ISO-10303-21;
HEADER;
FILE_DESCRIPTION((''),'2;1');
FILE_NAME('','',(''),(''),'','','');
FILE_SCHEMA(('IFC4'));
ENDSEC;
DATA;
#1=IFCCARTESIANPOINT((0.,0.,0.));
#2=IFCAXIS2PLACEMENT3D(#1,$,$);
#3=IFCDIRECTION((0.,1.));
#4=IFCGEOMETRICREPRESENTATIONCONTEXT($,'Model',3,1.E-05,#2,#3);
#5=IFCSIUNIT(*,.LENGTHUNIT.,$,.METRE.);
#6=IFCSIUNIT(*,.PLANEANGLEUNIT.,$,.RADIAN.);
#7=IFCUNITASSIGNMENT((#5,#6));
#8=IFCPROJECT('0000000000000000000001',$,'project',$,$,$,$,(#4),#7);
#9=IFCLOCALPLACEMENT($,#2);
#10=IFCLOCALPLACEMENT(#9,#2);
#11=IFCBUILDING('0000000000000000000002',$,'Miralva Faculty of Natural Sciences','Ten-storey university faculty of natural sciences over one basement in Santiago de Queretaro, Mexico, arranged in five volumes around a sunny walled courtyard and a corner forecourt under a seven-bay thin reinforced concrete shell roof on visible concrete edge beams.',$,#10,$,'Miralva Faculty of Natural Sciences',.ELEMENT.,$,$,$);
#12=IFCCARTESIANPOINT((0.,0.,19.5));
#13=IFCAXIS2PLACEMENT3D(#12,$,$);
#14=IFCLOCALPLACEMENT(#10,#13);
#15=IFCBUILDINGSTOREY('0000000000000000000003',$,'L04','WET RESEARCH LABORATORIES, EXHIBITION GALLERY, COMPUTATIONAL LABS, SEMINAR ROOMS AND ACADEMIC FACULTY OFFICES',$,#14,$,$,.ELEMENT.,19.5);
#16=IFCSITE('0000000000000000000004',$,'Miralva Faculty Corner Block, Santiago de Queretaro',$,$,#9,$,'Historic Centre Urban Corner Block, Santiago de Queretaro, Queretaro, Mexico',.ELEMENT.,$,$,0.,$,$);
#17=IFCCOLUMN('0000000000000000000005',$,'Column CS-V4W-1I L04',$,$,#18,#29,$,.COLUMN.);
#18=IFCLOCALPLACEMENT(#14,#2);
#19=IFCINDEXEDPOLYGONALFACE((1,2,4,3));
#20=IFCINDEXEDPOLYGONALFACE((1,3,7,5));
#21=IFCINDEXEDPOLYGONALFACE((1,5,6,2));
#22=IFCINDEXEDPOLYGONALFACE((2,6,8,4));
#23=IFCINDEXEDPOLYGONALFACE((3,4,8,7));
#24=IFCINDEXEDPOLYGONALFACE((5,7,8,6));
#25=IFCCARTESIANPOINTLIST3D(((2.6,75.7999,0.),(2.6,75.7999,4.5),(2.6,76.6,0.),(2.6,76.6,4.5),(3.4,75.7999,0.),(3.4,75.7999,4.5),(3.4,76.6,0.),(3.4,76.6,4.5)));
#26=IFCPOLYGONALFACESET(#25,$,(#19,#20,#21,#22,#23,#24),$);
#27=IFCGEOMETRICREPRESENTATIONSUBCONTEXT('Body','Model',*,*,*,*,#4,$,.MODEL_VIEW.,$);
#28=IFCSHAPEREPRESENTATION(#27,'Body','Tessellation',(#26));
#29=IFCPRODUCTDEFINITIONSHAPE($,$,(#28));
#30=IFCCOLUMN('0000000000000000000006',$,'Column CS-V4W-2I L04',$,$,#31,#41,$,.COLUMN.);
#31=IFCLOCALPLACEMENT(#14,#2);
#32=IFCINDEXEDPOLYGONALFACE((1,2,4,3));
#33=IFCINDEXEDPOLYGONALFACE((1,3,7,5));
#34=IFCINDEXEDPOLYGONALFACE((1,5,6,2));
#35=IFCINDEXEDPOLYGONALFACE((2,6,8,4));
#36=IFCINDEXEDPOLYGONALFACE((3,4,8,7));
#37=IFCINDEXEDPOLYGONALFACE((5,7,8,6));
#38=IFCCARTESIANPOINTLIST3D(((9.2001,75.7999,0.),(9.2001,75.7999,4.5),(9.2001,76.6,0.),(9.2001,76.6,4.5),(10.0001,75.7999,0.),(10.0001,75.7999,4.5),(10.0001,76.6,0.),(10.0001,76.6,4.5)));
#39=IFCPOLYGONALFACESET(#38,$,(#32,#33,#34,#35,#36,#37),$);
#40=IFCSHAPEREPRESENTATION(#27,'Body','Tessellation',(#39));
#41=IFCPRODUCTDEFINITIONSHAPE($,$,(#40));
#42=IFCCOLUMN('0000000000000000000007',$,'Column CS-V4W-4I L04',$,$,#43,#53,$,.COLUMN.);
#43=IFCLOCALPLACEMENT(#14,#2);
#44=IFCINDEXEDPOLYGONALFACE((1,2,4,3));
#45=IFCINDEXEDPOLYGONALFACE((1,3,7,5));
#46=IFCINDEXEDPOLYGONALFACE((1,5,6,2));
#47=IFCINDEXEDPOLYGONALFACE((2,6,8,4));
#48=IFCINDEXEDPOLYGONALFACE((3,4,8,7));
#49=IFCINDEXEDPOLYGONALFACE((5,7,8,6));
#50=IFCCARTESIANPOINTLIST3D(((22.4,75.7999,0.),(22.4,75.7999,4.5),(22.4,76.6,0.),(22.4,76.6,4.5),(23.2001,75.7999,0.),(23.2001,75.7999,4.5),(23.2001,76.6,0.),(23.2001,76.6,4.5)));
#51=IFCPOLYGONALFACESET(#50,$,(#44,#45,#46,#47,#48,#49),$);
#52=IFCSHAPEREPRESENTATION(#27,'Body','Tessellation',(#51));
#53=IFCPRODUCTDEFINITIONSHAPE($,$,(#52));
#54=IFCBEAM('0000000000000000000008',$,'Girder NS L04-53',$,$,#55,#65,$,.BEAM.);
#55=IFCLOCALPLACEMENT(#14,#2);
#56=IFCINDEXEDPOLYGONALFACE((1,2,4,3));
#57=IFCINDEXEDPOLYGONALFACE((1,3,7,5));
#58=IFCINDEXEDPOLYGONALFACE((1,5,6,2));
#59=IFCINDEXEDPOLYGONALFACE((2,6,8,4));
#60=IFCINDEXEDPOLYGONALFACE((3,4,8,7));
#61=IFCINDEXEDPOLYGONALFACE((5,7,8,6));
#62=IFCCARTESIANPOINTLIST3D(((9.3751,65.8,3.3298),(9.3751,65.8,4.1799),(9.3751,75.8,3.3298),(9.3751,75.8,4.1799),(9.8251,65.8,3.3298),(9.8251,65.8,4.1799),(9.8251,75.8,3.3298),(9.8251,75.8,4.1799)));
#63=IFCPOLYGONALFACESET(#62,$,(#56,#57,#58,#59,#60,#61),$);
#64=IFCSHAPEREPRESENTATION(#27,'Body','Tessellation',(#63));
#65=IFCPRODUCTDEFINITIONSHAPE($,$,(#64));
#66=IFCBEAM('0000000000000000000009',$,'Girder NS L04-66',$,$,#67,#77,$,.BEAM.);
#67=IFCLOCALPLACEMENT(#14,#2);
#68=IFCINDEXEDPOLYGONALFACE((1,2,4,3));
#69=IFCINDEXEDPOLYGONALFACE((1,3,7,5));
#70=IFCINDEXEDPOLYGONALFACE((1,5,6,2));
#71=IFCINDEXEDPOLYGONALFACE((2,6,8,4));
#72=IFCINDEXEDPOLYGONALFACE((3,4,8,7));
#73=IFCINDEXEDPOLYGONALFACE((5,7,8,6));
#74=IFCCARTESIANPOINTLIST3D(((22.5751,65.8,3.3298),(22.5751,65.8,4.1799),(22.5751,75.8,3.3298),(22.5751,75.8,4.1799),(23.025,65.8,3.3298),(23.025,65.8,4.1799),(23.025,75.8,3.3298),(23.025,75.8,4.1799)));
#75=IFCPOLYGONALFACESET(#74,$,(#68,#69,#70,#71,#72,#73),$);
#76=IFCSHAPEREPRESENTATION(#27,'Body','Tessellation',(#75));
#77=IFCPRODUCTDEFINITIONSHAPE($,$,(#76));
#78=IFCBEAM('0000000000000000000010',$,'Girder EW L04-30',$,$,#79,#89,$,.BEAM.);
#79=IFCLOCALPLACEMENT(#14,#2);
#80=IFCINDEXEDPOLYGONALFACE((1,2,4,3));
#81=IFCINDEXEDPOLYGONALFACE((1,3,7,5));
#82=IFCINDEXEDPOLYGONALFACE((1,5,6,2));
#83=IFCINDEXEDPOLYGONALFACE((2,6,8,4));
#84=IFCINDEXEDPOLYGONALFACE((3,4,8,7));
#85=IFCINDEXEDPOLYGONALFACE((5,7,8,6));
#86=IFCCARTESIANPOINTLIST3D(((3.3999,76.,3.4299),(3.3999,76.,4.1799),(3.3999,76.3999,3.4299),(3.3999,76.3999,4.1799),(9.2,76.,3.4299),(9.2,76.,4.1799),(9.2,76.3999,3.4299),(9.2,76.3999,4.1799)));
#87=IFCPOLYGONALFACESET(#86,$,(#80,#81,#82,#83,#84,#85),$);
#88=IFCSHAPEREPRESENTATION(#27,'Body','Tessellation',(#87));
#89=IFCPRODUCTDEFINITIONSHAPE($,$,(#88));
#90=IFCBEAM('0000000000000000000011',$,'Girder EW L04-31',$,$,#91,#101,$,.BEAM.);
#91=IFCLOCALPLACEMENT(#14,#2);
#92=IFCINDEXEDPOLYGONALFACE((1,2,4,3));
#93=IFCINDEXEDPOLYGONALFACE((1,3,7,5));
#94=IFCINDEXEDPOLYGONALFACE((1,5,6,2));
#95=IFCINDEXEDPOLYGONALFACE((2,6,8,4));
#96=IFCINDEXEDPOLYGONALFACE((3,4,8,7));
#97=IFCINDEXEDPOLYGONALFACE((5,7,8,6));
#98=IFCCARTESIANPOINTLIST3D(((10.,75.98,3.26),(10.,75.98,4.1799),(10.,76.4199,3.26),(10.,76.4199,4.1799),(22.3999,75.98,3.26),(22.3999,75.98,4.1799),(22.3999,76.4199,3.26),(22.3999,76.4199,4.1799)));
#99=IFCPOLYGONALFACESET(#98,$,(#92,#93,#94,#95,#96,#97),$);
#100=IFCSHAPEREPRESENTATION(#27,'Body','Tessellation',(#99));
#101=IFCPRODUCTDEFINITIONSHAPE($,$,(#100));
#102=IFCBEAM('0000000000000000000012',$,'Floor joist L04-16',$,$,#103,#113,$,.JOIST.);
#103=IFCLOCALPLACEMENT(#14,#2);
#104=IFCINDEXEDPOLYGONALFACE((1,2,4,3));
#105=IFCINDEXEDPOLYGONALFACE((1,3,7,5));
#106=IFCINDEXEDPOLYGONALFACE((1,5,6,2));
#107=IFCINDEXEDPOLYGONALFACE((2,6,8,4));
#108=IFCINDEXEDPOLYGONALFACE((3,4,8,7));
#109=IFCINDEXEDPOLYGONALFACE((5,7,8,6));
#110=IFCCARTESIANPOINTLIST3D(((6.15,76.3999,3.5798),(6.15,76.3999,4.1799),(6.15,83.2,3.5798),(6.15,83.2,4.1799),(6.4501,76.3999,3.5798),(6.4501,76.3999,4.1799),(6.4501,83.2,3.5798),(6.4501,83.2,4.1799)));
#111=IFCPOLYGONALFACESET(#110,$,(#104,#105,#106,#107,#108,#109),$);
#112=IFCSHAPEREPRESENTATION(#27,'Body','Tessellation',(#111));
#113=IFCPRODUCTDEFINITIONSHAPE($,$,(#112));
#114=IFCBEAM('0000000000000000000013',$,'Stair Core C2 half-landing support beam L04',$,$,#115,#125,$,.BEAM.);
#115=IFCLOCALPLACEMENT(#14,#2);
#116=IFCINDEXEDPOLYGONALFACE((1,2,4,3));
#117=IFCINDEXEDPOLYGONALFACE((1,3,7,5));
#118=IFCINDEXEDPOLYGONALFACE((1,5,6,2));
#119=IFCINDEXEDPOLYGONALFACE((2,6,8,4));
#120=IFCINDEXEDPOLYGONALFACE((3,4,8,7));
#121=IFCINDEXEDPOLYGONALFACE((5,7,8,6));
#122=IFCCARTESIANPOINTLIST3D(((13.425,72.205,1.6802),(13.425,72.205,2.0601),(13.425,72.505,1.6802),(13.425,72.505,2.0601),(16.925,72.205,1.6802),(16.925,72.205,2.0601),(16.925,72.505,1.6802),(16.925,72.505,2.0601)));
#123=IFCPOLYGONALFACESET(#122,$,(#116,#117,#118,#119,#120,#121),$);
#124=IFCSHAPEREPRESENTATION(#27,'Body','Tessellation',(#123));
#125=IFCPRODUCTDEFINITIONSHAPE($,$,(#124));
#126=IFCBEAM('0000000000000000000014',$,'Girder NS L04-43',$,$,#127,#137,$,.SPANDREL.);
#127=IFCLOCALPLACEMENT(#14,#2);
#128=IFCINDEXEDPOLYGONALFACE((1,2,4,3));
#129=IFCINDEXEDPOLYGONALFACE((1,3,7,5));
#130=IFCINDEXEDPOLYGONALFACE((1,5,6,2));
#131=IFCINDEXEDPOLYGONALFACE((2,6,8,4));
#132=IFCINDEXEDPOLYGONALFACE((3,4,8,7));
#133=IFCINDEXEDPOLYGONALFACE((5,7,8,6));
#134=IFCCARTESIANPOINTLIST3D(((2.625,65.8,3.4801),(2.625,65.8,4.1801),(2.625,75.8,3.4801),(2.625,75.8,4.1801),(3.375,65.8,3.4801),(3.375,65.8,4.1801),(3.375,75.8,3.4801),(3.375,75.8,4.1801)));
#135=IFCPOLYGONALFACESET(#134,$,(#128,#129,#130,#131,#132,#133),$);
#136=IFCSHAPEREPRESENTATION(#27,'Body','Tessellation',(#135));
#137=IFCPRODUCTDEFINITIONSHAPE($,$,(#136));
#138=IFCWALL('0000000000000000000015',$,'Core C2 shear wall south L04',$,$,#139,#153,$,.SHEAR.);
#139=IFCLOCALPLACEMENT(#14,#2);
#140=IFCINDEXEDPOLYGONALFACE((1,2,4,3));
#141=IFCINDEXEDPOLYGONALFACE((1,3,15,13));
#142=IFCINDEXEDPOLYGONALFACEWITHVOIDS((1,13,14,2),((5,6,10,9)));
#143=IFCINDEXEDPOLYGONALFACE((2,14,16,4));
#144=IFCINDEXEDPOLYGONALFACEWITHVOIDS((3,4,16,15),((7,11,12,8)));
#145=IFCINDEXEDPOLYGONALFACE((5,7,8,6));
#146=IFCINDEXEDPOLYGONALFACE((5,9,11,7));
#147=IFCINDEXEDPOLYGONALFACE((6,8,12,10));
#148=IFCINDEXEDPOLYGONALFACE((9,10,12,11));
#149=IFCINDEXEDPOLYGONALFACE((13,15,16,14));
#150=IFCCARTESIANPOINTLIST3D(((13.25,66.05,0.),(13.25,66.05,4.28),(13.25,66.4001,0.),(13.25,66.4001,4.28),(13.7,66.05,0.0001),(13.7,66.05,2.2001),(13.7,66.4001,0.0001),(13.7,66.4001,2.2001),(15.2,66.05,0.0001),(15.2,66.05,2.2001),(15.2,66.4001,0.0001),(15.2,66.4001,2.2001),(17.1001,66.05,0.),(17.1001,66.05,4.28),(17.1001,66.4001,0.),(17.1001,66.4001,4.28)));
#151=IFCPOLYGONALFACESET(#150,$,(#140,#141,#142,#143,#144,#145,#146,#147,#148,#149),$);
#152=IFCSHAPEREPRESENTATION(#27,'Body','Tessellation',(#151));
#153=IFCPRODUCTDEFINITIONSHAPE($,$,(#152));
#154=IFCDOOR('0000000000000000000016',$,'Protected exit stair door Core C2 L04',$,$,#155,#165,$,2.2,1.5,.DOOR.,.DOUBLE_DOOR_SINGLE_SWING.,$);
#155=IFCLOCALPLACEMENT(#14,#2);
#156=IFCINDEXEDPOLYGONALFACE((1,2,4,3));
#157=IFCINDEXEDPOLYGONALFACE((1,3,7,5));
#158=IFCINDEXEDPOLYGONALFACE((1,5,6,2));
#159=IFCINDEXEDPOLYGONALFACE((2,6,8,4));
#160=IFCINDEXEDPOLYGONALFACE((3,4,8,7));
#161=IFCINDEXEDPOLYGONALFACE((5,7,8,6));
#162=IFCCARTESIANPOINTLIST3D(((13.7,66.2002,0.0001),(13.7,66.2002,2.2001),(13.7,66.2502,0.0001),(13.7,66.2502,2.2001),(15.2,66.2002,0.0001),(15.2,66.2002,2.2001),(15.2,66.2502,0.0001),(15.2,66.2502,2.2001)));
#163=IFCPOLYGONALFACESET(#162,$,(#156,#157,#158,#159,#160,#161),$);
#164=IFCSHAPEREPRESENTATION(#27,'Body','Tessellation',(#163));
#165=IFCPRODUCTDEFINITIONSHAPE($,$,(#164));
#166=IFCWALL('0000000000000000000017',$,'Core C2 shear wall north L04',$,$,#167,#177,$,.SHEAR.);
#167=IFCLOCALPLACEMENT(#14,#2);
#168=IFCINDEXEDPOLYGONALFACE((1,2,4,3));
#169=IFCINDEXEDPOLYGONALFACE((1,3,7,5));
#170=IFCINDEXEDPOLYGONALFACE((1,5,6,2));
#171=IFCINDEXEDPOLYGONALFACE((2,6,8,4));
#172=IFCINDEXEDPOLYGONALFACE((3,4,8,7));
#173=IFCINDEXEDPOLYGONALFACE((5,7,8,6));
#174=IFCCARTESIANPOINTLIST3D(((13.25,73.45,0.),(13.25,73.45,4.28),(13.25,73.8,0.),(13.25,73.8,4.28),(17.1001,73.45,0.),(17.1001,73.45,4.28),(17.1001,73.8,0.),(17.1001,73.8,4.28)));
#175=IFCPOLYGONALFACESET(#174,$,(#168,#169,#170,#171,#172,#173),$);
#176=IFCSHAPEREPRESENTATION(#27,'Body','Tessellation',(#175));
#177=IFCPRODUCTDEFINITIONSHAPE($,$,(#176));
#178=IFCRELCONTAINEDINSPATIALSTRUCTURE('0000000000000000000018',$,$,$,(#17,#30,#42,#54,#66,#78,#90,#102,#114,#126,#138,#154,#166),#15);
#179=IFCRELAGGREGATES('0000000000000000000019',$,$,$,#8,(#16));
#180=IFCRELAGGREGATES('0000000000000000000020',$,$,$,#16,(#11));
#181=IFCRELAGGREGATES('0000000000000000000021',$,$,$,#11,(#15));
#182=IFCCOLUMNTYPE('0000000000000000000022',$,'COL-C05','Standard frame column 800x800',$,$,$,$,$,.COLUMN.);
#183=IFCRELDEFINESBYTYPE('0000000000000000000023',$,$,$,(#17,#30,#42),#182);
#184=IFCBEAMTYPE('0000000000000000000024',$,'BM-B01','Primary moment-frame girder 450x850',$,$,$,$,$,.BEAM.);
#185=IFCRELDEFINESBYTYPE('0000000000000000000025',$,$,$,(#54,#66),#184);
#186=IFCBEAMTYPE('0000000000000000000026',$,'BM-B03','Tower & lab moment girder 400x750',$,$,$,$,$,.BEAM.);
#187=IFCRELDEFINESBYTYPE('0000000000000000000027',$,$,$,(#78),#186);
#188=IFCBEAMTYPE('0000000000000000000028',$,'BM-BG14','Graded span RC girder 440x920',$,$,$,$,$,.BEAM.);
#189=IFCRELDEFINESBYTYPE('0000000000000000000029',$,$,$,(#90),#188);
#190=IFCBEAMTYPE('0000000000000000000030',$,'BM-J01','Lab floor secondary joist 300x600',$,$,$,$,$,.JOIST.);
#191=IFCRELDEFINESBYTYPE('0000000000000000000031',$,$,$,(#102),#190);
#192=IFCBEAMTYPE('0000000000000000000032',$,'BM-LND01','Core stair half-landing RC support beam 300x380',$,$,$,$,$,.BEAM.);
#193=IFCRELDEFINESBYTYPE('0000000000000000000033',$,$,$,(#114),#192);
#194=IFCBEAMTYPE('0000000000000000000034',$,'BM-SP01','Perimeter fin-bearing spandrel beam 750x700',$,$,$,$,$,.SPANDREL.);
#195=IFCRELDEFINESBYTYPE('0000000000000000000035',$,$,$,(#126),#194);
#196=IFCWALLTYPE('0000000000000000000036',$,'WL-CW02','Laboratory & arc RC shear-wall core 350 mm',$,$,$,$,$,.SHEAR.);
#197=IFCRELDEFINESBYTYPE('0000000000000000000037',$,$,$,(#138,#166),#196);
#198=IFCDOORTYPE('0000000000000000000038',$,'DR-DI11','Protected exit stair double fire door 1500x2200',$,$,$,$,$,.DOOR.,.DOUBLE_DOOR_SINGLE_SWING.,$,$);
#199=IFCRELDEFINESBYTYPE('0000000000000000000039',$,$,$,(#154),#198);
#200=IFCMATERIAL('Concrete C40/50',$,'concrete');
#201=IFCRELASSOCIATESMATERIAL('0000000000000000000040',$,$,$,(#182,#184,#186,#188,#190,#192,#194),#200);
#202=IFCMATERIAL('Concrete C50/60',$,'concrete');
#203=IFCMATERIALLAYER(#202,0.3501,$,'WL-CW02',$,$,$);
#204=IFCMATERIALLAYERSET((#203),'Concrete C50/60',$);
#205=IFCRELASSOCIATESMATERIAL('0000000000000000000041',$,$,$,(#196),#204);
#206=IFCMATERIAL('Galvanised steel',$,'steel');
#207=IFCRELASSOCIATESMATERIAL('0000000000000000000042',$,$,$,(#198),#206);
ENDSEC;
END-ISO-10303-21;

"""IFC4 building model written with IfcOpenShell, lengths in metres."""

from ifc_helpers import new_model, si_unit, direction, frame, frame_2d, origin, origin_2d, place, context, subcontext, project, spatial, rectangle, extrude, material, layer, layer_set, material_profile, profile_set, type_object, element, fill, save


model = new_model("IFC4")

# Units and contexts
model_context = context("Model", 3, precision=1e-05, world=origin(), true_north=direction((0.0, 1.0)))
body_context = subcontext(model_context, "Body", "Model", "MODEL_VIEW")
ifc_project = project(units=[si_unit("LENGTHUNIT", "METRE"), si_unit("PLANEANGLEUNIT", "RADIAN")], contexts=[model_context])

# Site, building, storey
site_placement = place(None, origin())
site = spatial("IfcSite", under=ifc_project, at=site_placement, Name="Miralva Faculty Corner Block, Santiago de Queretaro", LongName="Historic Centre Urban Corner Block, Santiago de Queretaro, Queretaro, Mexico", CompositionType="ELEMENT", RefElevation=0.0)
building_placement = place(site_placement, origin())
building = spatial("IfcBuilding", under=site, at=building_placement, Name="Miralva Faculty of Natural Sciences", Description="Ten-storey university faculty of natural sciences over one basement in Santiago de Queretaro, Mexico, arranged in five volumes around a sunny walled courtyard and a corner forecourt under a seven-bay thin reinforced concrete shell roof on visible concrete edge beams.", LongName="Miralva Faculty of Natural Sciences", CompositionType="ELEMENT")
storey_placement = place(building_placement, frame((0.0, 0.0, 19.5)))
storey = spatial("IfcBuildingStorey", under=building, at=storey_placement, Name="L04", Description="WET RESEARCH LABORATORIES, EXHIBITION GALLERY, COMPUTATIONAL LABS, SEMINAR ROOMS AND ACADEMIC FACULTY OFFICES", CompositionType="ELEMENT", Elevation=19.5)

# Columns
ifc_material_1 = material(Name="Concrete C40/50", Category="concrete")
ifc_material_profile_1 = material_profile(ifc_material_1, rectangle(XDim=0.8, YDim=0.8, at=origin_2d()), Name="RC 800x800")
ifc_profile_set_1 = profile_set([ifc_material_profile_1], Name="Concrete C40/50")
column_type = type_object("IfcColumnType", Name="COL-C05", Description="Standard frame column 800x800", PredefinedType="COLUMN", material=ifc_profile_set_1)
for number, where, z_axis, x_axis, name in (
    (1, (3.0, 76.2, 0.0), (0.0, 0.0, 1.0), (1.0, 0.0, 0.0), "Column CS-V4W-1I L04"),
    (2, (9.6001, 76.2, 0.0), (0.0, 0.0, 1.0), (1.0, 0.0, 0.0), "Column CS-V4W-2I L04"),
    (3, (22.8, 76.2, 0.0), (0.0, 0.0, 1.0), (1.0, 0.0, 0.0), "Column CS-V4W-4I L04"),
):
    element("IfcColumn", number, at=place(storey_placement, frame(where, z_axis=z_axis, x_axis=x_axis)), inside=storey, type_object=column_type, Name=name, PredefinedType="COLUMN", context=body_context, shape_type="SweptSolid", body=[
        extrude(rectangle(XDim=0.8, YDim=0.8, at=origin_2d()), origin(), (0.0, 0.0, 1.0), 4.5),
    ])

# Beams
ifc_material_profile_2 = material_profile(ifc_material_1, rectangle(XDim=0.45, YDim=0.8501, at=origin_2d()), Name="RC 450x850")
ifc_profile_set_2 = profile_set([ifc_material_profile_2], Name="Concrete C40/50")
beam_type_1 = type_object("IfcBeamType", Name="BM-B01", Description="Primary moment-frame girder 450x850", PredefinedType="BEAM", material=ifc_profile_set_2)
for number, where, z_axis, x_axis, name in (
    (4, (9.6001, 65.8, 3.7549), (0.0, 1.0, 0.0), (-1.0, 0.0, 0.0), "Girder NS L04-53"),
    (5, (22.8, 65.8, 3.7549), (0.0, 1.0, 0.0), (-1.0, 0.0, 0.0), "Girder NS L04-66"),
):
    element("IfcBeam", number, at=place(storey_placement, frame(where, z_axis=z_axis, x_axis=x_axis)), inside=storey, type_object=beam_type_1, Name=name, PredefinedType="BEAM", context=body_context, shape_type="SweptSolid", body=[
        extrude(rectangle(XDim=0.45, YDim=0.8501, at=origin_2d()), origin(), (0.0, 0.0, 1.0), 10.0),
    ])
ifc_material_profile_3 = material_profile(ifc_material_1, rectangle(XDim=0.3999, YDim=0.75, at=origin_2d()), Name="RC 400x750")
ifc_profile_set_3 = profile_set([ifc_material_profile_3], Name="Concrete C40/50")
beam_type_2 = type_object("IfcBeamType", Name="BM-B03", Description="Tower & lab moment girder 400x750", PredefinedType="BEAM", material=ifc_profile_set_3)
beam_1_placement = place(storey_placement, frame((3.3999, 76.2, 3.8049), z_axis=(1.0, 0.0, 0.0), x_axis=(0.0, 1.0, 0.0)))
element("IfcBeam", 6, at=beam_1_placement, inside=storey, type_object=beam_type_2, Name="Girder EW L04-30", PredefinedType="BEAM", context=body_context, shape_type="SweptSolid", body=[
    extrude(rectangle(XDim=0.3999, YDim=0.75, at=origin_2d()), origin(), (0.0, 0.0, 1.0), 5.8),
])
ifc_material_profile_4 = material_profile(ifc_material_1, rectangle(XDim=0.4399, YDim=0.9199, at=origin_2d()), Name="RC 440x920")
ifc_profile_set_4 = profile_set([ifc_material_profile_4], Name="Concrete C40/50")
beam_type_3 = type_object("IfcBeamType", Name="BM-BG14", Description="Graded span RC girder 440x920", PredefinedType="BEAM", material=ifc_profile_set_4)
beam_2_placement = place(storey_placement, frame((10.0, 76.2, 3.72), z_axis=(1.0, 0.0, 0.0), x_axis=(0.0, 1.0, 0.0)))
element("IfcBeam", 7, at=beam_2_placement, inside=storey, type_object=beam_type_3, Name="Girder EW L04-31", PredefinedType="BEAM", context=body_context, shape_type="SweptSolid", body=[
    extrude(rectangle(XDim=0.4399, YDim=0.9199, at=origin_2d()), origin(), (0.0, 0.0, 1.0), 12.3999),
])
ifc_material_profile_5 = material_profile(ifc_material_1, rectangle(XDim=0.3, YDim=0.6001, at=origin_2d()), Name="RC 300x600")
ifc_profile_set_5 = profile_set([ifc_material_profile_5], Name="Concrete C40/50")
beam_type_4 = type_object("IfcBeamType", Name="BM-J01", Description="Lab floor secondary joist 300x600", PredefinedType="JOIST", material=ifc_profile_set_5)
beam_3_placement = place(storey_placement, frame((6.3, 76.3999, 3.8799), z_axis=(0.0, 1.0, 0.0), x_axis=(-1.0, 0.0, 0.0)))
element("IfcBeam", 8, at=beam_3_placement, inside=storey, type_object=beam_type_4, Name="Floor joist L04-16", PredefinedType="JOIST", context=body_context, shape_type="SweptSolid", body=[
    extrude(rectangle(XDim=0.3, YDim=0.6001, at=origin_2d()), origin(), (0.0, 0.0, 1.0), 6.8),
])
ifc_material_profile_6 = material_profile(ifc_material_1, rectangle(XDim=0.3, YDim=0.3799, at=origin_2d()), Name="RC 300x380")
ifc_profile_set_6 = profile_set([ifc_material_profile_6], Name="Concrete C40/50")
beam_type_5 = type_object("IfcBeamType", Name="BM-LND01", Description="Core stair half-landing RC support beam 300x380", PredefinedType="BEAM", material=ifc_profile_set_6)
beam_4_placement = place(storey_placement, frame((13.425, 72.355, 1.8701), z_axis=(1.0, 0.0, 0.0), x_axis=(0.0, 1.0, 0.0)))
element("IfcBeam", 9, at=beam_4_placement, inside=storey, type_object=beam_type_5, Name="Stair Core C2 half-landing support beam L04", PredefinedType="BEAM", context=body_context, shape_type="SweptSolid", body=[
    extrude(rectangle(XDim=0.3, YDim=0.3799, at=origin_2d()), origin(), (0.0, 0.0, 1.0), 3.5),
])
ifc_material_profile_7 = material_profile(ifc_material_1, rectangle(XDim=0.75, YDim=0.7, at=origin_2d()), Name="RC 750x700")
ifc_profile_set_7 = profile_set([ifc_material_profile_7], Name="Concrete C40/50")
beam_type_6 = type_object("IfcBeamType", Name="BM-SP01", Description="Perimeter fin-bearing spandrel beam 750x700", PredefinedType="SPANDREL", material=ifc_profile_set_7)
beam_5_placement = place(storey_placement, frame((3.0, 65.8, 3.8301), z_axis=(0.0, 1.0, 0.0), x_axis=(-1.0, 0.0, 0.0)))
element("IfcBeam", 10, at=beam_5_placement, inside=storey, type_object=beam_type_6, Name="Girder NS L04-43", PredefinedType="SPANDREL", context=body_context, shape_type="SweptSolid", body=[
    extrude(rectangle(XDim=0.75, YDim=0.7, at=origin_2d()), origin(), (0.0, 0.0, 1.0), 10.0),
])

# Wall, opening, door
ifc_material_2 = material(Name="Concrete C50/60", Category="concrete")
ifc_layer_1 = layer(ifc_material_2, 0.3501, Name="WL-CW02")
ifc_layer_set_1 = layer_set([ifc_layer_1], Name="Concrete C50/60")
wall_type_1 = type_object("IfcWallType", Name="WL-CW02", Description="Laboratory & arc RC shear-wall core 350 mm", PredefinedType="SHEAR", material=ifc_layer_set_1)
wall_1_placement = place(storey_placement, frame((13.25, 66.2251, 0.0), z_axis=(0.0, 0.0, 1.0), x_axis=(1.0, 0.0, 0.0)))
wall_1 = element("IfcWall", 11, at=wall_1_placement, inside=storey, type_object=wall_type_1, Name="Core C2 shear wall south L04", PredefinedType="SHEAR", context=body_context, shape_type="SweptSolid", body=[
    extrude(rectangle(XDim=3.8501, YDim=0.3501, at=frame_2d((1.925, 0.0))), origin(), (0.0, 0.0, 1.0), 4.28),
])
opening_1_placement = place(wall_1_placement, frame((0.45, 0.0, 0.0)))
opening_1 = element("IfcOpeningElement", 12, at=opening_1_placement, cuts=wall_1, PredefinedType="OPENING", context=body_context, shape_type="SweptSolid", body=[
    extrude(rectangle(XDim=1.5, YDim=2.2, at=frame_2d((0.75, 1.1001))), frame((0.0, 0.1851, 0.0), z_axis=(0.0, -1.0, 0.0), x_axis=(1.0, 0.0, 0.0)), (0.0, 0.0, 1.0), 0.3701),
])
ifc_material_3 = material(Name="Galvanised steel", Category="steel")
door_type_1 = type_object("IfcDoorType", Name="DR-DI11", Description="Protected exit stair double fire door 1500x2200", OperationType="DOUBLE_DOOR_SINGLE_SWING", PredefinedType="DOOR", material=ifc_material_3)
door_1_placement = place(opening_1_placement, frame((1.5, 0.0, 0.0), z_axis=(0.0, 0.0, 1.0), x_axis=(-1.0, 0.0, 0.0)))
door_1 = element("IfcDoor", 13, at=door_1_placement, inside=storey, type_object=door_type_1, Name="Protected exit stair door Core C2 L04", OperationType="DOUBLE_DOOR_SINGLE_SWING", OverallHeight=2.2, OverallWidth=1.5, PredefinedType="DOOR", context=body_context, shape_type="SweptSolid", body=[
    extrude(rectangle(XDim=1.5, YDim=2.2, at=frame_2d((0.75, 1.1001))), frame((0.0, 0.0249, 0.0), z_axis=(0.0, -1.0, 0.0), x_axis=(1.0, 0.0, 0.0)), (0.0, 0.0, 1.0), 0.05),
])
fill(opening_1, door_1)

# Wall
wall_2_placement = place(storey_placement, frame((13.25, 73.625, 0.0), z_axis=(0.0, 0.0, 1.0), x_axis=(1.0, 0.0, 0.0)))
element("IfcWall", 14, at=wall_2_placement, inside=storey, type_object=wall_type_1, Name="Core C2 shear wall north L04", PredefinedType="SHEAR", context=body_context, shape_type="SweptSolid", body=[
    extrude(rectangle(XDim=3.8501, YDim=0.3501, at=frame_2d((1.925, 0.0))), origin(), (0.0, 0.0, 1.0), 4.28),
])

save(model, "model.ifc")
